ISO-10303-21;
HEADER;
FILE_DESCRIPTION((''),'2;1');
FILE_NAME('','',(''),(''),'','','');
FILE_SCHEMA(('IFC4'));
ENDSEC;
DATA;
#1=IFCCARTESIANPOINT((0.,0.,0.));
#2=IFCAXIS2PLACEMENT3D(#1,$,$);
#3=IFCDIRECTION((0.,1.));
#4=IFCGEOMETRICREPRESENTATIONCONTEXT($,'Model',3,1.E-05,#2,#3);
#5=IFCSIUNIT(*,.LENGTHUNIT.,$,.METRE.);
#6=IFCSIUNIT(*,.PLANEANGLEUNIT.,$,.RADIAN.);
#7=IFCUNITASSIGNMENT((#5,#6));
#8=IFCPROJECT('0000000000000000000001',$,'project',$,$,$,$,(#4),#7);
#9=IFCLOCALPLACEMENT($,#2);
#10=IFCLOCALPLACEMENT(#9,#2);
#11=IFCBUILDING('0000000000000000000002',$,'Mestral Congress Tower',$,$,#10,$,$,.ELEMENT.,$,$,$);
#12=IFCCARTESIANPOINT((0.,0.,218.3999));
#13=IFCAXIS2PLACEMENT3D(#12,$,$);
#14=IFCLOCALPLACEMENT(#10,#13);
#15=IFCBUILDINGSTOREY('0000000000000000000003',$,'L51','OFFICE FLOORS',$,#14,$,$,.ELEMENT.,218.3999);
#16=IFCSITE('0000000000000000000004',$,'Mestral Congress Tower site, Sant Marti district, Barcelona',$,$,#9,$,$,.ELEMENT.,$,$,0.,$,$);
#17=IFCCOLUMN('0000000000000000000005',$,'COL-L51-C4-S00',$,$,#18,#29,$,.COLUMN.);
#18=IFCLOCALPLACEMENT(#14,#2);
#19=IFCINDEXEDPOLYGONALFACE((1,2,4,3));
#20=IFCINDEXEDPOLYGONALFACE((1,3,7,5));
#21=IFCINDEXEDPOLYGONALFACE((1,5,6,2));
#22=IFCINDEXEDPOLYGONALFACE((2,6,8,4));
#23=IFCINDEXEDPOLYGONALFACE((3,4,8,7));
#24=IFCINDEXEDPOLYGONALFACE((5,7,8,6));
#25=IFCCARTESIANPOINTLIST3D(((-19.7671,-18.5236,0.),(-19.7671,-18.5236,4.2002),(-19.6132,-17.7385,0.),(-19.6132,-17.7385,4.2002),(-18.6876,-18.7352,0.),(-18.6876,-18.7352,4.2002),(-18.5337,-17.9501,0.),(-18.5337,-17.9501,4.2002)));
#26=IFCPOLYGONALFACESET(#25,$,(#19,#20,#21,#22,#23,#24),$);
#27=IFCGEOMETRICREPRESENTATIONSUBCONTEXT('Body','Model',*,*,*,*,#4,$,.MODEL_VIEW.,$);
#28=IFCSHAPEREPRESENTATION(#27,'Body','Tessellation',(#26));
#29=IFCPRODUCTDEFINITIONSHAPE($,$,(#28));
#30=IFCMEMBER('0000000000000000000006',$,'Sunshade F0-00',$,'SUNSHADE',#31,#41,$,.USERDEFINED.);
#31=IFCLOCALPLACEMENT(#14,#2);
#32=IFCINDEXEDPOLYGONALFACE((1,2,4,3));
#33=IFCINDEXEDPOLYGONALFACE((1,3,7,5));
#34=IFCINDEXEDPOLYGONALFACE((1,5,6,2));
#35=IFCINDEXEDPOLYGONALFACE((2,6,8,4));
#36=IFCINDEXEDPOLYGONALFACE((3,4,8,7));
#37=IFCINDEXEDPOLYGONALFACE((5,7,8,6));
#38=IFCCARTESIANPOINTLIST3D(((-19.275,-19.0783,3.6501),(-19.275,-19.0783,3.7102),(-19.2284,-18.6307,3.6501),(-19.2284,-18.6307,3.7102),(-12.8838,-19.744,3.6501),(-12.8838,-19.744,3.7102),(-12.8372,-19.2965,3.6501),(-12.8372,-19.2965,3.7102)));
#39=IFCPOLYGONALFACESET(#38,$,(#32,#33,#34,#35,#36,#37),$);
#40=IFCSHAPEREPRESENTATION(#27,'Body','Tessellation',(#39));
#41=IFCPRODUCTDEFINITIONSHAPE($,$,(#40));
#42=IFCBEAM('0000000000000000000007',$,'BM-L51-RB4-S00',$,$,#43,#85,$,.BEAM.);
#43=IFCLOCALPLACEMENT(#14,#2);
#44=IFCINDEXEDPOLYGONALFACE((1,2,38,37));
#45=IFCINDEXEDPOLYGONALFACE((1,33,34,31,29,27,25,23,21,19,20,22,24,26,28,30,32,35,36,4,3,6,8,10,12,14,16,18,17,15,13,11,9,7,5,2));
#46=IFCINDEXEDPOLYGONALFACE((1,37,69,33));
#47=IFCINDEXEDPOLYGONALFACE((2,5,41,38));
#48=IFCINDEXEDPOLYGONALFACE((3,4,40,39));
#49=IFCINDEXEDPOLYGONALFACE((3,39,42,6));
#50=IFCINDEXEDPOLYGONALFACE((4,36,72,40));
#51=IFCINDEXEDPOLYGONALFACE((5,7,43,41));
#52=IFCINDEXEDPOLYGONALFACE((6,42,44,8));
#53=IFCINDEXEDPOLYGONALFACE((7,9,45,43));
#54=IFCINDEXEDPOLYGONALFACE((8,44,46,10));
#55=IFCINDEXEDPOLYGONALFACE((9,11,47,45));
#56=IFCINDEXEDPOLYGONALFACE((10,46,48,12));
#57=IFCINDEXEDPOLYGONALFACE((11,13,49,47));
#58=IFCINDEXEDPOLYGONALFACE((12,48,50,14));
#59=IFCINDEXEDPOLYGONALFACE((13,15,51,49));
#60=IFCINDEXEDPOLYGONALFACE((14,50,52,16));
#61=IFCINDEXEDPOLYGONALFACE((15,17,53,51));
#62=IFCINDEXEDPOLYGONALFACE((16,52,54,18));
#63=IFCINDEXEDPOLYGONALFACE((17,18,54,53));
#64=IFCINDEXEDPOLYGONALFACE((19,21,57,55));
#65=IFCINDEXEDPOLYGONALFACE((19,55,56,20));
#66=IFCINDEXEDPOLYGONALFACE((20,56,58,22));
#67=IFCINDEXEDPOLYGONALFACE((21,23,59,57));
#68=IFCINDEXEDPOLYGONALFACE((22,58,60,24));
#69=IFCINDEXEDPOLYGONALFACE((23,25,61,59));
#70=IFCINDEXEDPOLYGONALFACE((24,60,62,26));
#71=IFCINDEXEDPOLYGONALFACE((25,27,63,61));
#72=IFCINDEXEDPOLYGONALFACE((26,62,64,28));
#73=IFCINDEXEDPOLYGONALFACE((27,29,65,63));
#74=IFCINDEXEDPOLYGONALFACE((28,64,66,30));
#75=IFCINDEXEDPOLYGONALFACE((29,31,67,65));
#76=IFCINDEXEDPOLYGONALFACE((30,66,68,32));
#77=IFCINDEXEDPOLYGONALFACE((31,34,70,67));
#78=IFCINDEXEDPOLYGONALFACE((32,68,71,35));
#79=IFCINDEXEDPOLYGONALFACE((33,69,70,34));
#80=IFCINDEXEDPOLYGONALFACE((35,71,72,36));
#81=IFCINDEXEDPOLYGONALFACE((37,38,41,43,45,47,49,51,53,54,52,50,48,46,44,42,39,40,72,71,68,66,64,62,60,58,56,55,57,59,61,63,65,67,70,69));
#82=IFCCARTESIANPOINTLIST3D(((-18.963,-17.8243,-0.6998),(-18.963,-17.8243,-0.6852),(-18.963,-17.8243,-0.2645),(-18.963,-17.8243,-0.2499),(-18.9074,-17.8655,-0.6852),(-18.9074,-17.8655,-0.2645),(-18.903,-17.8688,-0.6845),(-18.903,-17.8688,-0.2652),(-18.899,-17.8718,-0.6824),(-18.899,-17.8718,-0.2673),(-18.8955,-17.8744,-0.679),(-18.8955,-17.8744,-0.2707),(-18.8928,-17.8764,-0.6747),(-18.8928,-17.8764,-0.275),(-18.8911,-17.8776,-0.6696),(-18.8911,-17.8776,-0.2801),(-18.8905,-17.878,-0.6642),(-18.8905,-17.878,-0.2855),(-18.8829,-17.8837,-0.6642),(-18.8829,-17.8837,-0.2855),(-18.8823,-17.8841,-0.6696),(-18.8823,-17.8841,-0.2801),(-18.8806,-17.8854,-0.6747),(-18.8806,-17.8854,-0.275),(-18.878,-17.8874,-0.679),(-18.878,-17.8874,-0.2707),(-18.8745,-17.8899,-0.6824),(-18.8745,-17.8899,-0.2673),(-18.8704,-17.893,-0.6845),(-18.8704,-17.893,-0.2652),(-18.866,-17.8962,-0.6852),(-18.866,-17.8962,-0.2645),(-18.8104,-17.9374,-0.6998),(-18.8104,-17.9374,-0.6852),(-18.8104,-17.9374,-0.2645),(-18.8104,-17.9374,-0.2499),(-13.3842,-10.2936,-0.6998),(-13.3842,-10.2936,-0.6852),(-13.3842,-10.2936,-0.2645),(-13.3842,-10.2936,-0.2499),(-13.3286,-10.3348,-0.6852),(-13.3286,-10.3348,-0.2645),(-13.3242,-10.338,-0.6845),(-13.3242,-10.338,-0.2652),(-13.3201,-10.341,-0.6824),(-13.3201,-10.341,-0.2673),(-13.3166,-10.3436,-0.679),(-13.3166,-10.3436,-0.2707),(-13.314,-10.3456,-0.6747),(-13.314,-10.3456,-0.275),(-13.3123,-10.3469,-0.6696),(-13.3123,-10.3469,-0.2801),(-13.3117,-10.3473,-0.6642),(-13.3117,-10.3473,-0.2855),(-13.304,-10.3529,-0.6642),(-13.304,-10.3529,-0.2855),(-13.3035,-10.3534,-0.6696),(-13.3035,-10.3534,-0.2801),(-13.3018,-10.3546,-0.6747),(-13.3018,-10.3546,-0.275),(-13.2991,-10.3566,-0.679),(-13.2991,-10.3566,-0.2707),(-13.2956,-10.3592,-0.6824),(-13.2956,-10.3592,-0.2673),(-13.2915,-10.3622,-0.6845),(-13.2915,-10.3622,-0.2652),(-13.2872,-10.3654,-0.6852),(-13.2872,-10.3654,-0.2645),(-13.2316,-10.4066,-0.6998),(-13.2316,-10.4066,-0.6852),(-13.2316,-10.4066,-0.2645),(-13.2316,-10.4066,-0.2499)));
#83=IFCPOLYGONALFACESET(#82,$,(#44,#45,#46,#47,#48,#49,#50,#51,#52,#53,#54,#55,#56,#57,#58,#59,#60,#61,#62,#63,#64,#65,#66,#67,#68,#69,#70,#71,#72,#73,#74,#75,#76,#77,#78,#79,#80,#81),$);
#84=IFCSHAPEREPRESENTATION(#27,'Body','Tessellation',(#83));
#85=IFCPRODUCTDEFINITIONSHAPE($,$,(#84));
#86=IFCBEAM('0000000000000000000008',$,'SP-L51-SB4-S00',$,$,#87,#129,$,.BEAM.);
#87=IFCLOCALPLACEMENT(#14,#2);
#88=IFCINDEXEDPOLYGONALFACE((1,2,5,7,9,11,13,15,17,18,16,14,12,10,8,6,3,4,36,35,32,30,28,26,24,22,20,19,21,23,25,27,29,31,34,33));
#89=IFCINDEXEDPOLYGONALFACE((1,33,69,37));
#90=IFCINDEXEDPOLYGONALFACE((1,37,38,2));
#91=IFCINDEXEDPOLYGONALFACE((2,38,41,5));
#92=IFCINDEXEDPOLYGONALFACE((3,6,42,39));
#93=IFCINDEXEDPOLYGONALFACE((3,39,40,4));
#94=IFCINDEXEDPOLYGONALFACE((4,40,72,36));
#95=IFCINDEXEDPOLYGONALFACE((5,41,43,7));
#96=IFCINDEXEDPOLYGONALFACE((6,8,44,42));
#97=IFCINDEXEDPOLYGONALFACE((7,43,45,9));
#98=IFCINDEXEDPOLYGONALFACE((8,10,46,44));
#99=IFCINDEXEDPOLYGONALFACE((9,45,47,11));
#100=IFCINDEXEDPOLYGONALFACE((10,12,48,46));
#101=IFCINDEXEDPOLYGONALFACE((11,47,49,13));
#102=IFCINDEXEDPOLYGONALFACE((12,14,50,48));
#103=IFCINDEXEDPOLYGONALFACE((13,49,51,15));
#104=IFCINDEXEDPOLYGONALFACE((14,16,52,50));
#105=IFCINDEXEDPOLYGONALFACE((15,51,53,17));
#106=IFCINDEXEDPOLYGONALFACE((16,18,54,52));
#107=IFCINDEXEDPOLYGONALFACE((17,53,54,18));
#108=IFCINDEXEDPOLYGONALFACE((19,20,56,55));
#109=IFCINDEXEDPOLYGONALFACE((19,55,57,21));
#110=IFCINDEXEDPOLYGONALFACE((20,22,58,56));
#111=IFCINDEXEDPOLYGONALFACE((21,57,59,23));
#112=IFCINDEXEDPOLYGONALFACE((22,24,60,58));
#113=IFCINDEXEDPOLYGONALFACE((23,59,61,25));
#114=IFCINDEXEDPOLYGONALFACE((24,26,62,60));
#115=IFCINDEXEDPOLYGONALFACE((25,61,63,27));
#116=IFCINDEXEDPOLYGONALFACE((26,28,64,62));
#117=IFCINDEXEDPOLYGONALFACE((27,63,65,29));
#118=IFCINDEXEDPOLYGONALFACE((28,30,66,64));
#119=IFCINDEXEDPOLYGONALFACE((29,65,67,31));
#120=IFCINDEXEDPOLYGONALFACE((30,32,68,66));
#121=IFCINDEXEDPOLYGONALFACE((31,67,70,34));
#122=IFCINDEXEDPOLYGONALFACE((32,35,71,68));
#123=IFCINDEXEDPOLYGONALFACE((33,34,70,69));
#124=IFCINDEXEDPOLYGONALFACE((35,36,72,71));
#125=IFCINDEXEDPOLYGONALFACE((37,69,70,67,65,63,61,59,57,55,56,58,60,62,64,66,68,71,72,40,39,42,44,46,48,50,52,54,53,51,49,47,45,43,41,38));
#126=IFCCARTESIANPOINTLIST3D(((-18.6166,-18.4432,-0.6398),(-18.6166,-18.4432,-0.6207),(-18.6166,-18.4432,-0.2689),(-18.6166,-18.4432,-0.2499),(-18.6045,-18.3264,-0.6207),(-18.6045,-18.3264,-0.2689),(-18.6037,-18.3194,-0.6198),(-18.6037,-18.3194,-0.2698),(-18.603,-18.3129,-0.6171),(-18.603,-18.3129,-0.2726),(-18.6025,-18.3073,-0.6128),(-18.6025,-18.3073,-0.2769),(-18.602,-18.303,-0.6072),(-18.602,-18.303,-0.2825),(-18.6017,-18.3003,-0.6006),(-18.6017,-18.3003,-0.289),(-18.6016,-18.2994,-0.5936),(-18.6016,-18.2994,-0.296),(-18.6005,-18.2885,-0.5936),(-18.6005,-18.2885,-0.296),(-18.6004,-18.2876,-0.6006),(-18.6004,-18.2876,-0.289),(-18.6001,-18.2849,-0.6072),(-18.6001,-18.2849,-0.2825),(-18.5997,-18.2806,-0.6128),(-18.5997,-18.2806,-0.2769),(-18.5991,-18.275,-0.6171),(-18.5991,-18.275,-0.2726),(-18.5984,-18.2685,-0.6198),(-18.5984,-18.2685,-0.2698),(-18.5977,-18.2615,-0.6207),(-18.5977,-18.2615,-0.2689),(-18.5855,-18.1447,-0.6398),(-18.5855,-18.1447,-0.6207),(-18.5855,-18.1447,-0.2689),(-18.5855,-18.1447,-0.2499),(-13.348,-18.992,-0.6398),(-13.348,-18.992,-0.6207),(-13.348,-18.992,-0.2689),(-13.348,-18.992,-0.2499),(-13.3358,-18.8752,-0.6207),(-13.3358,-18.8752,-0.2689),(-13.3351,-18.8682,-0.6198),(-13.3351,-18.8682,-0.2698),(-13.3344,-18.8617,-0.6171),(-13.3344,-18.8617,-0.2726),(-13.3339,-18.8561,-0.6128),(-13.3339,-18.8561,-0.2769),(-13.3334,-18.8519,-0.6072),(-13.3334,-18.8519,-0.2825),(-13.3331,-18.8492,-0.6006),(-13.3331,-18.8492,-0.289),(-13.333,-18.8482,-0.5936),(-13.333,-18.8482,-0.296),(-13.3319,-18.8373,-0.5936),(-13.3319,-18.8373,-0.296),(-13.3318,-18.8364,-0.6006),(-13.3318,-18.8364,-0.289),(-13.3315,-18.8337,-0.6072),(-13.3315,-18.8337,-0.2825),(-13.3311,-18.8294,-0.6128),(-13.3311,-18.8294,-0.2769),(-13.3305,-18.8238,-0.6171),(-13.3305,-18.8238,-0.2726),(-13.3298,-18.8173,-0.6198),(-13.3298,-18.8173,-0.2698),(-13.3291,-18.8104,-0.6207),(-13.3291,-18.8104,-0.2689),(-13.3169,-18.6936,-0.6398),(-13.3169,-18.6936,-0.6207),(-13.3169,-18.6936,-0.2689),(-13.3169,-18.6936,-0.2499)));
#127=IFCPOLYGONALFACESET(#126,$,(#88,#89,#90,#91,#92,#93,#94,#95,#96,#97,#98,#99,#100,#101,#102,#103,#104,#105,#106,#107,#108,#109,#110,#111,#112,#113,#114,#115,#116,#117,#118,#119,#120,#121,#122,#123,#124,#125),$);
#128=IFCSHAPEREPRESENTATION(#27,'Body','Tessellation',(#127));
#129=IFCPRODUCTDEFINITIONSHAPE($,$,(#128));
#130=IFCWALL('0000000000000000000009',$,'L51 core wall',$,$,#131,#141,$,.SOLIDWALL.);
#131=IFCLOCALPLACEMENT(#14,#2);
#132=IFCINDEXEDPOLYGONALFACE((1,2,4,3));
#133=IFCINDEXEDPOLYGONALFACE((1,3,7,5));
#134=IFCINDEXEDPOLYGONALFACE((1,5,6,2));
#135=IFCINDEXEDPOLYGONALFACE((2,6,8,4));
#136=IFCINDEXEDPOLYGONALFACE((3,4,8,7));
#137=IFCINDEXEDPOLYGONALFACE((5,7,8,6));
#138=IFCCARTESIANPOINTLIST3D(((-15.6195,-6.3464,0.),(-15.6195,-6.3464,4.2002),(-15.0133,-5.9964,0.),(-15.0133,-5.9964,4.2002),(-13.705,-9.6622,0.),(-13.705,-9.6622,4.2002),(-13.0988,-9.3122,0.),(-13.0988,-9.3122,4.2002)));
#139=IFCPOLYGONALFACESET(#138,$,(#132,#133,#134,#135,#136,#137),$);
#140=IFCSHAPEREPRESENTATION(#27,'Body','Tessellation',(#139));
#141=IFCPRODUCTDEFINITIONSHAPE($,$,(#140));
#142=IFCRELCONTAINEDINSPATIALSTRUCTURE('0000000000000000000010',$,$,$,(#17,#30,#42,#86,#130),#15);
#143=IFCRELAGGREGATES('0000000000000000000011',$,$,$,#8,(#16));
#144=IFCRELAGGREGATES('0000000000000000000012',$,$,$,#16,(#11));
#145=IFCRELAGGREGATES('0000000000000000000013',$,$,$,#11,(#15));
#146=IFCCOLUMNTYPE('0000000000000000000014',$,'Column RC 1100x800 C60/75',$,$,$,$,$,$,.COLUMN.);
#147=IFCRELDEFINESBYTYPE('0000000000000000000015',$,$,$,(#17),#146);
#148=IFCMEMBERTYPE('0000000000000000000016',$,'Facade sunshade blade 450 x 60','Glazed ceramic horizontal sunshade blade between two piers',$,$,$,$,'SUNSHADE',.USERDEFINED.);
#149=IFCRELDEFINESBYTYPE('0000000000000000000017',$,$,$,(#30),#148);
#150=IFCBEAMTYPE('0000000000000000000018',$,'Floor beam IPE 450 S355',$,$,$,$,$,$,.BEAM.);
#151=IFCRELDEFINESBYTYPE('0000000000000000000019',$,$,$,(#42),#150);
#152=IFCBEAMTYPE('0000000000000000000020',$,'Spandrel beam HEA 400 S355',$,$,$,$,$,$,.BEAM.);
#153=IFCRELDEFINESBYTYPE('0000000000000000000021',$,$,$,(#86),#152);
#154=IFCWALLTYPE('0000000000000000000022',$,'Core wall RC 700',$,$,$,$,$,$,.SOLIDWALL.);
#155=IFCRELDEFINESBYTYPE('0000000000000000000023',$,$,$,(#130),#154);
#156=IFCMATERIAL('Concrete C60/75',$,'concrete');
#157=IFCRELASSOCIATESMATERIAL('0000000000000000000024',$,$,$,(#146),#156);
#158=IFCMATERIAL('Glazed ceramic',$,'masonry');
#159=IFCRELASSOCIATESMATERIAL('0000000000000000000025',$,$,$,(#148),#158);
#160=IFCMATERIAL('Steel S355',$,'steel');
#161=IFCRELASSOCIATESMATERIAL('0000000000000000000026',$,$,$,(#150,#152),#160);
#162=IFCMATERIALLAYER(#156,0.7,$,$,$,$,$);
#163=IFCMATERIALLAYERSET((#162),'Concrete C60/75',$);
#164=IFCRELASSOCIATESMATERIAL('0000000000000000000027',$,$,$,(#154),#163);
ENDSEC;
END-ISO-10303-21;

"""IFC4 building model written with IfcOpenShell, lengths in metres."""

from ifc_helpers import new_model, si_unit, direction, frame, frame_2d, origin, origin_2d, place, context, subcontext, project, spatial, rectangle, i_section, extrude, material, layer, layer_set, material_profile, profile_set, type_object, element, save


model = new_model("IFC4")

# Units and contexts
model_context = context("Model", 3, precision=1e-05, world=origin(), true_north=direction((0.0, 1.0)))
body_context = subcontext(model_context, "Body", "Model", "MODEL_VIEW")
ifc_project = project(units=[si_unit("LENGTHUNIT", "METRE"), si_unit("PLANEANGLEUNIT", "RADIAN")], contexts=[model_context])

# Site, building, storey
site_placement = place(None, origin())
site = spatial("IfcSite", under=ifc_project, at=site_placement, Name="Mestral Congress Tower site, Sant Marti district, Barcelona", CompositionType="ELEMENT", RefElevation=0.0)
building_placement = place(site_placement, origin())
building = spatial("IfcBuilding", under=site, at=building_placement, Name="Mestral Congress Tower", CompositionType="ELEMENT")
storey_placement = place(building_placement, frame((0.0, 0.0, 218.3999)))
storey = spatial("IfcBuildingStorey", under=building, at=storey_placement, Name="L51", Description="OFFICE FLOORS", CompositionType="ELEMENT", Elevation=218.3999)

# Column
ifc_material_1 = material(Name="Concrete C60/75", Category="concrete")
ifc_material_profile_1 = material_profile(ifc_material_1, rectangle(XDim=1.1001, YDim=0.8, at=origin_2d()), Name="RC 1100x800")
ifc_profile_set_1 = profile_set([ifc_material_profile_1], Name="Concrete C60/75")
column_type = type_object("IfcColumnType", Name="Column RC 1100x800 C60/75", PredefinedType="COLUMN", material=ifc_profile_set_1)
column_placement = place(storey_placement, frame((-19.1504, -18.2368, 0.0), z_axis=(0.0, 0.0, 1.0), x_axis=(0.981325, -0.192359, 0.0)))
element("IfcColumn", 1, at=column_placement, inside=storey, type_object=column_type, Name="COL-L51-C4-S00", PredefinedType="COLUMN", context=body_context, shape_type="SweptSolid", body=[
    extrude(rectangle(XDim=1.1001, YDim=0.8, at=origin_2d()), origin(), (0.0, 0.0, 1.0), 4.2002),
])

# Member
ifc_material_2 = material(Name="Glazed ceramic", Category="masonry")
ifc_material_profile_2 = material_profile(ifc_material_2, rectangle(XDim=0.45, YDim=0.0601, at=origin_2d()), Name="Ceramic blade 450 x 60")
ifc_profile_set_2 = profile_set([ifc_material_profile_2], Name="Glazed ceramic")
member_type = type_object("IfcMemberType", Name="Facade sunshade blade 450 x 60", Description="Glazed ceramic horizontal sunshade blade between two piers", ElementType="SUNSHADE", PredefinedType="USERDEFINED", material=ifc_profile_set_2)
member_placement = place(storey_placement, frame((-19.2517, -18.8545, 3.6802), z_axis=(0.994618, -0.103611, 0.0), x_axis=(0.103611, 0.994618, 0.0)))
element("IfcMember", 2, at=member_placement, inside=storey, type_object=member_type, Name="Sunshade F0-00", ObjectType="SUNSHADE", PredefinedType="USERDEFINED", context=body_context, shape_type="SweptSolid", body=[
    extrude(rectangle(XDim=0.45, YDim=0.0601, at=origin_2d()), origin(), (0.0, 0.0, 1.0), 6.4258),
])

# Beams
ifc_material_3 = material(Name="Steel S355", Category="steel")
ifc_material_profile_3 = material_profile(ifc_material_3, i_section(OverallWidth=0.1899, OverallDepth=0.45, WebThickness=0.0095, FlangeThickness=0.0146, FilletRadius=0.021, at=origin_2d()), Name="IPE 450")
ifc_profile_set_3 = profile_set([ifc_material_profile_3], Name="Steel S355")
beam_type_1 = type_object("IfcBeamType", Name="Floor beam IPE 450 S355", PredefinedType="BEAM", material=ifc_profile_set_3)
beam_1_placement = place(storey_placement, frame((-18.8867, -17.8809, -0.4749), z_axis=(0.595263, 0.803531, 0.0), x_axis=(-0.803531, 0.595263, 0.0)))
element("IfcBeam", 3, at=beam_1_placement, inside=storey, type_object=beam_type_1, Name="BM-L51-RB4-S00", PredefinedType="BEAM", context=body_context, shape_type="SweptSolid", body=[
    extrude(i_section(OverallWidth=0.1899, OverallDepth=0.45, WebThickness=0.0095, FlangeThickness=0.0146, FilletRadius=0.021, at=origin_2d()), origin(), (0.0, 0.0, 1.0), 9.3721),
])
ifc_material_profile_4 = material_profile(ifc_material_3, i_section(OverallWidth=0.3, OverallDepth=0.3899, WebThickness=0.011, FlangeThickness=0.019, FilletRadius=0.0271, at=origin_2d()), Name="HEA 400")
ifc_profile_set_4 = profile_set([ifc_material_profile_4], Name="Steel S355")
beam_type_2 = type_object("IfcBeamType", Name="Spandrel beam HEA 400 S355", PredefinedType="BEAM", material=ifc_profile_set_4)
beam_2_placement = place(storey_placement, frame((-18.6011, -18.2939, -0.4448), z_axis=(0.994618, -0.10361, 0.0), x_axis=(0.10361, 0.994618, 0.0)))
element("IfcBeam", 4, at=beam_2_placement, inside=storey, type_object=beam_type_2, Name="SP-L51-SB4-S00", PredefinedType="BEAM", context=body_context, shape_type="SweptSolid", body=[
    extrude(i_section(OverallWidth=0.3, OverallDepth=0.3899, WebThickness=0.011, FlangeThickness=0.019, FilletRadius=0.0271, at=origin_2d()), origin(), (0.0, 0.0, 1.0), 5.2971),
])

# Wall
ifc_layer_1 = layer(ifc_material_1, 0.7)
ifc_layer_set_1 = layer_set([ifc_layer_1], Name="Concrete C60/75")
wall_type_1 = type_object("IfcWallType", Name="Core wall RC 700", PredefinedType="SOLIDWALL", material=ifc_layer_set_1)
wall_1_placement = place(storey_placement, frame((-13.4019, -9.4873, 0.0), z_axis=(0.0, 0.0, 1.0), x_axis=(-0.50002, 0.866014, 0.0)))
element("IfcWall", 5, at=wall_1_placement, inside=storey, type_object=wall_type_1, Name="L51 core wall", PredefinedType="SOLIDWALL", context=body_context, shape_type="SweptSolid", body=[
    extrude(rectangle(XDim=3.8289, YDim=0.7, at=frame_2d((1.9146, 0.0))), origin(), (0.0, 0.0, 1.0), 4.2002),
])

save(model, "model.ifc")
